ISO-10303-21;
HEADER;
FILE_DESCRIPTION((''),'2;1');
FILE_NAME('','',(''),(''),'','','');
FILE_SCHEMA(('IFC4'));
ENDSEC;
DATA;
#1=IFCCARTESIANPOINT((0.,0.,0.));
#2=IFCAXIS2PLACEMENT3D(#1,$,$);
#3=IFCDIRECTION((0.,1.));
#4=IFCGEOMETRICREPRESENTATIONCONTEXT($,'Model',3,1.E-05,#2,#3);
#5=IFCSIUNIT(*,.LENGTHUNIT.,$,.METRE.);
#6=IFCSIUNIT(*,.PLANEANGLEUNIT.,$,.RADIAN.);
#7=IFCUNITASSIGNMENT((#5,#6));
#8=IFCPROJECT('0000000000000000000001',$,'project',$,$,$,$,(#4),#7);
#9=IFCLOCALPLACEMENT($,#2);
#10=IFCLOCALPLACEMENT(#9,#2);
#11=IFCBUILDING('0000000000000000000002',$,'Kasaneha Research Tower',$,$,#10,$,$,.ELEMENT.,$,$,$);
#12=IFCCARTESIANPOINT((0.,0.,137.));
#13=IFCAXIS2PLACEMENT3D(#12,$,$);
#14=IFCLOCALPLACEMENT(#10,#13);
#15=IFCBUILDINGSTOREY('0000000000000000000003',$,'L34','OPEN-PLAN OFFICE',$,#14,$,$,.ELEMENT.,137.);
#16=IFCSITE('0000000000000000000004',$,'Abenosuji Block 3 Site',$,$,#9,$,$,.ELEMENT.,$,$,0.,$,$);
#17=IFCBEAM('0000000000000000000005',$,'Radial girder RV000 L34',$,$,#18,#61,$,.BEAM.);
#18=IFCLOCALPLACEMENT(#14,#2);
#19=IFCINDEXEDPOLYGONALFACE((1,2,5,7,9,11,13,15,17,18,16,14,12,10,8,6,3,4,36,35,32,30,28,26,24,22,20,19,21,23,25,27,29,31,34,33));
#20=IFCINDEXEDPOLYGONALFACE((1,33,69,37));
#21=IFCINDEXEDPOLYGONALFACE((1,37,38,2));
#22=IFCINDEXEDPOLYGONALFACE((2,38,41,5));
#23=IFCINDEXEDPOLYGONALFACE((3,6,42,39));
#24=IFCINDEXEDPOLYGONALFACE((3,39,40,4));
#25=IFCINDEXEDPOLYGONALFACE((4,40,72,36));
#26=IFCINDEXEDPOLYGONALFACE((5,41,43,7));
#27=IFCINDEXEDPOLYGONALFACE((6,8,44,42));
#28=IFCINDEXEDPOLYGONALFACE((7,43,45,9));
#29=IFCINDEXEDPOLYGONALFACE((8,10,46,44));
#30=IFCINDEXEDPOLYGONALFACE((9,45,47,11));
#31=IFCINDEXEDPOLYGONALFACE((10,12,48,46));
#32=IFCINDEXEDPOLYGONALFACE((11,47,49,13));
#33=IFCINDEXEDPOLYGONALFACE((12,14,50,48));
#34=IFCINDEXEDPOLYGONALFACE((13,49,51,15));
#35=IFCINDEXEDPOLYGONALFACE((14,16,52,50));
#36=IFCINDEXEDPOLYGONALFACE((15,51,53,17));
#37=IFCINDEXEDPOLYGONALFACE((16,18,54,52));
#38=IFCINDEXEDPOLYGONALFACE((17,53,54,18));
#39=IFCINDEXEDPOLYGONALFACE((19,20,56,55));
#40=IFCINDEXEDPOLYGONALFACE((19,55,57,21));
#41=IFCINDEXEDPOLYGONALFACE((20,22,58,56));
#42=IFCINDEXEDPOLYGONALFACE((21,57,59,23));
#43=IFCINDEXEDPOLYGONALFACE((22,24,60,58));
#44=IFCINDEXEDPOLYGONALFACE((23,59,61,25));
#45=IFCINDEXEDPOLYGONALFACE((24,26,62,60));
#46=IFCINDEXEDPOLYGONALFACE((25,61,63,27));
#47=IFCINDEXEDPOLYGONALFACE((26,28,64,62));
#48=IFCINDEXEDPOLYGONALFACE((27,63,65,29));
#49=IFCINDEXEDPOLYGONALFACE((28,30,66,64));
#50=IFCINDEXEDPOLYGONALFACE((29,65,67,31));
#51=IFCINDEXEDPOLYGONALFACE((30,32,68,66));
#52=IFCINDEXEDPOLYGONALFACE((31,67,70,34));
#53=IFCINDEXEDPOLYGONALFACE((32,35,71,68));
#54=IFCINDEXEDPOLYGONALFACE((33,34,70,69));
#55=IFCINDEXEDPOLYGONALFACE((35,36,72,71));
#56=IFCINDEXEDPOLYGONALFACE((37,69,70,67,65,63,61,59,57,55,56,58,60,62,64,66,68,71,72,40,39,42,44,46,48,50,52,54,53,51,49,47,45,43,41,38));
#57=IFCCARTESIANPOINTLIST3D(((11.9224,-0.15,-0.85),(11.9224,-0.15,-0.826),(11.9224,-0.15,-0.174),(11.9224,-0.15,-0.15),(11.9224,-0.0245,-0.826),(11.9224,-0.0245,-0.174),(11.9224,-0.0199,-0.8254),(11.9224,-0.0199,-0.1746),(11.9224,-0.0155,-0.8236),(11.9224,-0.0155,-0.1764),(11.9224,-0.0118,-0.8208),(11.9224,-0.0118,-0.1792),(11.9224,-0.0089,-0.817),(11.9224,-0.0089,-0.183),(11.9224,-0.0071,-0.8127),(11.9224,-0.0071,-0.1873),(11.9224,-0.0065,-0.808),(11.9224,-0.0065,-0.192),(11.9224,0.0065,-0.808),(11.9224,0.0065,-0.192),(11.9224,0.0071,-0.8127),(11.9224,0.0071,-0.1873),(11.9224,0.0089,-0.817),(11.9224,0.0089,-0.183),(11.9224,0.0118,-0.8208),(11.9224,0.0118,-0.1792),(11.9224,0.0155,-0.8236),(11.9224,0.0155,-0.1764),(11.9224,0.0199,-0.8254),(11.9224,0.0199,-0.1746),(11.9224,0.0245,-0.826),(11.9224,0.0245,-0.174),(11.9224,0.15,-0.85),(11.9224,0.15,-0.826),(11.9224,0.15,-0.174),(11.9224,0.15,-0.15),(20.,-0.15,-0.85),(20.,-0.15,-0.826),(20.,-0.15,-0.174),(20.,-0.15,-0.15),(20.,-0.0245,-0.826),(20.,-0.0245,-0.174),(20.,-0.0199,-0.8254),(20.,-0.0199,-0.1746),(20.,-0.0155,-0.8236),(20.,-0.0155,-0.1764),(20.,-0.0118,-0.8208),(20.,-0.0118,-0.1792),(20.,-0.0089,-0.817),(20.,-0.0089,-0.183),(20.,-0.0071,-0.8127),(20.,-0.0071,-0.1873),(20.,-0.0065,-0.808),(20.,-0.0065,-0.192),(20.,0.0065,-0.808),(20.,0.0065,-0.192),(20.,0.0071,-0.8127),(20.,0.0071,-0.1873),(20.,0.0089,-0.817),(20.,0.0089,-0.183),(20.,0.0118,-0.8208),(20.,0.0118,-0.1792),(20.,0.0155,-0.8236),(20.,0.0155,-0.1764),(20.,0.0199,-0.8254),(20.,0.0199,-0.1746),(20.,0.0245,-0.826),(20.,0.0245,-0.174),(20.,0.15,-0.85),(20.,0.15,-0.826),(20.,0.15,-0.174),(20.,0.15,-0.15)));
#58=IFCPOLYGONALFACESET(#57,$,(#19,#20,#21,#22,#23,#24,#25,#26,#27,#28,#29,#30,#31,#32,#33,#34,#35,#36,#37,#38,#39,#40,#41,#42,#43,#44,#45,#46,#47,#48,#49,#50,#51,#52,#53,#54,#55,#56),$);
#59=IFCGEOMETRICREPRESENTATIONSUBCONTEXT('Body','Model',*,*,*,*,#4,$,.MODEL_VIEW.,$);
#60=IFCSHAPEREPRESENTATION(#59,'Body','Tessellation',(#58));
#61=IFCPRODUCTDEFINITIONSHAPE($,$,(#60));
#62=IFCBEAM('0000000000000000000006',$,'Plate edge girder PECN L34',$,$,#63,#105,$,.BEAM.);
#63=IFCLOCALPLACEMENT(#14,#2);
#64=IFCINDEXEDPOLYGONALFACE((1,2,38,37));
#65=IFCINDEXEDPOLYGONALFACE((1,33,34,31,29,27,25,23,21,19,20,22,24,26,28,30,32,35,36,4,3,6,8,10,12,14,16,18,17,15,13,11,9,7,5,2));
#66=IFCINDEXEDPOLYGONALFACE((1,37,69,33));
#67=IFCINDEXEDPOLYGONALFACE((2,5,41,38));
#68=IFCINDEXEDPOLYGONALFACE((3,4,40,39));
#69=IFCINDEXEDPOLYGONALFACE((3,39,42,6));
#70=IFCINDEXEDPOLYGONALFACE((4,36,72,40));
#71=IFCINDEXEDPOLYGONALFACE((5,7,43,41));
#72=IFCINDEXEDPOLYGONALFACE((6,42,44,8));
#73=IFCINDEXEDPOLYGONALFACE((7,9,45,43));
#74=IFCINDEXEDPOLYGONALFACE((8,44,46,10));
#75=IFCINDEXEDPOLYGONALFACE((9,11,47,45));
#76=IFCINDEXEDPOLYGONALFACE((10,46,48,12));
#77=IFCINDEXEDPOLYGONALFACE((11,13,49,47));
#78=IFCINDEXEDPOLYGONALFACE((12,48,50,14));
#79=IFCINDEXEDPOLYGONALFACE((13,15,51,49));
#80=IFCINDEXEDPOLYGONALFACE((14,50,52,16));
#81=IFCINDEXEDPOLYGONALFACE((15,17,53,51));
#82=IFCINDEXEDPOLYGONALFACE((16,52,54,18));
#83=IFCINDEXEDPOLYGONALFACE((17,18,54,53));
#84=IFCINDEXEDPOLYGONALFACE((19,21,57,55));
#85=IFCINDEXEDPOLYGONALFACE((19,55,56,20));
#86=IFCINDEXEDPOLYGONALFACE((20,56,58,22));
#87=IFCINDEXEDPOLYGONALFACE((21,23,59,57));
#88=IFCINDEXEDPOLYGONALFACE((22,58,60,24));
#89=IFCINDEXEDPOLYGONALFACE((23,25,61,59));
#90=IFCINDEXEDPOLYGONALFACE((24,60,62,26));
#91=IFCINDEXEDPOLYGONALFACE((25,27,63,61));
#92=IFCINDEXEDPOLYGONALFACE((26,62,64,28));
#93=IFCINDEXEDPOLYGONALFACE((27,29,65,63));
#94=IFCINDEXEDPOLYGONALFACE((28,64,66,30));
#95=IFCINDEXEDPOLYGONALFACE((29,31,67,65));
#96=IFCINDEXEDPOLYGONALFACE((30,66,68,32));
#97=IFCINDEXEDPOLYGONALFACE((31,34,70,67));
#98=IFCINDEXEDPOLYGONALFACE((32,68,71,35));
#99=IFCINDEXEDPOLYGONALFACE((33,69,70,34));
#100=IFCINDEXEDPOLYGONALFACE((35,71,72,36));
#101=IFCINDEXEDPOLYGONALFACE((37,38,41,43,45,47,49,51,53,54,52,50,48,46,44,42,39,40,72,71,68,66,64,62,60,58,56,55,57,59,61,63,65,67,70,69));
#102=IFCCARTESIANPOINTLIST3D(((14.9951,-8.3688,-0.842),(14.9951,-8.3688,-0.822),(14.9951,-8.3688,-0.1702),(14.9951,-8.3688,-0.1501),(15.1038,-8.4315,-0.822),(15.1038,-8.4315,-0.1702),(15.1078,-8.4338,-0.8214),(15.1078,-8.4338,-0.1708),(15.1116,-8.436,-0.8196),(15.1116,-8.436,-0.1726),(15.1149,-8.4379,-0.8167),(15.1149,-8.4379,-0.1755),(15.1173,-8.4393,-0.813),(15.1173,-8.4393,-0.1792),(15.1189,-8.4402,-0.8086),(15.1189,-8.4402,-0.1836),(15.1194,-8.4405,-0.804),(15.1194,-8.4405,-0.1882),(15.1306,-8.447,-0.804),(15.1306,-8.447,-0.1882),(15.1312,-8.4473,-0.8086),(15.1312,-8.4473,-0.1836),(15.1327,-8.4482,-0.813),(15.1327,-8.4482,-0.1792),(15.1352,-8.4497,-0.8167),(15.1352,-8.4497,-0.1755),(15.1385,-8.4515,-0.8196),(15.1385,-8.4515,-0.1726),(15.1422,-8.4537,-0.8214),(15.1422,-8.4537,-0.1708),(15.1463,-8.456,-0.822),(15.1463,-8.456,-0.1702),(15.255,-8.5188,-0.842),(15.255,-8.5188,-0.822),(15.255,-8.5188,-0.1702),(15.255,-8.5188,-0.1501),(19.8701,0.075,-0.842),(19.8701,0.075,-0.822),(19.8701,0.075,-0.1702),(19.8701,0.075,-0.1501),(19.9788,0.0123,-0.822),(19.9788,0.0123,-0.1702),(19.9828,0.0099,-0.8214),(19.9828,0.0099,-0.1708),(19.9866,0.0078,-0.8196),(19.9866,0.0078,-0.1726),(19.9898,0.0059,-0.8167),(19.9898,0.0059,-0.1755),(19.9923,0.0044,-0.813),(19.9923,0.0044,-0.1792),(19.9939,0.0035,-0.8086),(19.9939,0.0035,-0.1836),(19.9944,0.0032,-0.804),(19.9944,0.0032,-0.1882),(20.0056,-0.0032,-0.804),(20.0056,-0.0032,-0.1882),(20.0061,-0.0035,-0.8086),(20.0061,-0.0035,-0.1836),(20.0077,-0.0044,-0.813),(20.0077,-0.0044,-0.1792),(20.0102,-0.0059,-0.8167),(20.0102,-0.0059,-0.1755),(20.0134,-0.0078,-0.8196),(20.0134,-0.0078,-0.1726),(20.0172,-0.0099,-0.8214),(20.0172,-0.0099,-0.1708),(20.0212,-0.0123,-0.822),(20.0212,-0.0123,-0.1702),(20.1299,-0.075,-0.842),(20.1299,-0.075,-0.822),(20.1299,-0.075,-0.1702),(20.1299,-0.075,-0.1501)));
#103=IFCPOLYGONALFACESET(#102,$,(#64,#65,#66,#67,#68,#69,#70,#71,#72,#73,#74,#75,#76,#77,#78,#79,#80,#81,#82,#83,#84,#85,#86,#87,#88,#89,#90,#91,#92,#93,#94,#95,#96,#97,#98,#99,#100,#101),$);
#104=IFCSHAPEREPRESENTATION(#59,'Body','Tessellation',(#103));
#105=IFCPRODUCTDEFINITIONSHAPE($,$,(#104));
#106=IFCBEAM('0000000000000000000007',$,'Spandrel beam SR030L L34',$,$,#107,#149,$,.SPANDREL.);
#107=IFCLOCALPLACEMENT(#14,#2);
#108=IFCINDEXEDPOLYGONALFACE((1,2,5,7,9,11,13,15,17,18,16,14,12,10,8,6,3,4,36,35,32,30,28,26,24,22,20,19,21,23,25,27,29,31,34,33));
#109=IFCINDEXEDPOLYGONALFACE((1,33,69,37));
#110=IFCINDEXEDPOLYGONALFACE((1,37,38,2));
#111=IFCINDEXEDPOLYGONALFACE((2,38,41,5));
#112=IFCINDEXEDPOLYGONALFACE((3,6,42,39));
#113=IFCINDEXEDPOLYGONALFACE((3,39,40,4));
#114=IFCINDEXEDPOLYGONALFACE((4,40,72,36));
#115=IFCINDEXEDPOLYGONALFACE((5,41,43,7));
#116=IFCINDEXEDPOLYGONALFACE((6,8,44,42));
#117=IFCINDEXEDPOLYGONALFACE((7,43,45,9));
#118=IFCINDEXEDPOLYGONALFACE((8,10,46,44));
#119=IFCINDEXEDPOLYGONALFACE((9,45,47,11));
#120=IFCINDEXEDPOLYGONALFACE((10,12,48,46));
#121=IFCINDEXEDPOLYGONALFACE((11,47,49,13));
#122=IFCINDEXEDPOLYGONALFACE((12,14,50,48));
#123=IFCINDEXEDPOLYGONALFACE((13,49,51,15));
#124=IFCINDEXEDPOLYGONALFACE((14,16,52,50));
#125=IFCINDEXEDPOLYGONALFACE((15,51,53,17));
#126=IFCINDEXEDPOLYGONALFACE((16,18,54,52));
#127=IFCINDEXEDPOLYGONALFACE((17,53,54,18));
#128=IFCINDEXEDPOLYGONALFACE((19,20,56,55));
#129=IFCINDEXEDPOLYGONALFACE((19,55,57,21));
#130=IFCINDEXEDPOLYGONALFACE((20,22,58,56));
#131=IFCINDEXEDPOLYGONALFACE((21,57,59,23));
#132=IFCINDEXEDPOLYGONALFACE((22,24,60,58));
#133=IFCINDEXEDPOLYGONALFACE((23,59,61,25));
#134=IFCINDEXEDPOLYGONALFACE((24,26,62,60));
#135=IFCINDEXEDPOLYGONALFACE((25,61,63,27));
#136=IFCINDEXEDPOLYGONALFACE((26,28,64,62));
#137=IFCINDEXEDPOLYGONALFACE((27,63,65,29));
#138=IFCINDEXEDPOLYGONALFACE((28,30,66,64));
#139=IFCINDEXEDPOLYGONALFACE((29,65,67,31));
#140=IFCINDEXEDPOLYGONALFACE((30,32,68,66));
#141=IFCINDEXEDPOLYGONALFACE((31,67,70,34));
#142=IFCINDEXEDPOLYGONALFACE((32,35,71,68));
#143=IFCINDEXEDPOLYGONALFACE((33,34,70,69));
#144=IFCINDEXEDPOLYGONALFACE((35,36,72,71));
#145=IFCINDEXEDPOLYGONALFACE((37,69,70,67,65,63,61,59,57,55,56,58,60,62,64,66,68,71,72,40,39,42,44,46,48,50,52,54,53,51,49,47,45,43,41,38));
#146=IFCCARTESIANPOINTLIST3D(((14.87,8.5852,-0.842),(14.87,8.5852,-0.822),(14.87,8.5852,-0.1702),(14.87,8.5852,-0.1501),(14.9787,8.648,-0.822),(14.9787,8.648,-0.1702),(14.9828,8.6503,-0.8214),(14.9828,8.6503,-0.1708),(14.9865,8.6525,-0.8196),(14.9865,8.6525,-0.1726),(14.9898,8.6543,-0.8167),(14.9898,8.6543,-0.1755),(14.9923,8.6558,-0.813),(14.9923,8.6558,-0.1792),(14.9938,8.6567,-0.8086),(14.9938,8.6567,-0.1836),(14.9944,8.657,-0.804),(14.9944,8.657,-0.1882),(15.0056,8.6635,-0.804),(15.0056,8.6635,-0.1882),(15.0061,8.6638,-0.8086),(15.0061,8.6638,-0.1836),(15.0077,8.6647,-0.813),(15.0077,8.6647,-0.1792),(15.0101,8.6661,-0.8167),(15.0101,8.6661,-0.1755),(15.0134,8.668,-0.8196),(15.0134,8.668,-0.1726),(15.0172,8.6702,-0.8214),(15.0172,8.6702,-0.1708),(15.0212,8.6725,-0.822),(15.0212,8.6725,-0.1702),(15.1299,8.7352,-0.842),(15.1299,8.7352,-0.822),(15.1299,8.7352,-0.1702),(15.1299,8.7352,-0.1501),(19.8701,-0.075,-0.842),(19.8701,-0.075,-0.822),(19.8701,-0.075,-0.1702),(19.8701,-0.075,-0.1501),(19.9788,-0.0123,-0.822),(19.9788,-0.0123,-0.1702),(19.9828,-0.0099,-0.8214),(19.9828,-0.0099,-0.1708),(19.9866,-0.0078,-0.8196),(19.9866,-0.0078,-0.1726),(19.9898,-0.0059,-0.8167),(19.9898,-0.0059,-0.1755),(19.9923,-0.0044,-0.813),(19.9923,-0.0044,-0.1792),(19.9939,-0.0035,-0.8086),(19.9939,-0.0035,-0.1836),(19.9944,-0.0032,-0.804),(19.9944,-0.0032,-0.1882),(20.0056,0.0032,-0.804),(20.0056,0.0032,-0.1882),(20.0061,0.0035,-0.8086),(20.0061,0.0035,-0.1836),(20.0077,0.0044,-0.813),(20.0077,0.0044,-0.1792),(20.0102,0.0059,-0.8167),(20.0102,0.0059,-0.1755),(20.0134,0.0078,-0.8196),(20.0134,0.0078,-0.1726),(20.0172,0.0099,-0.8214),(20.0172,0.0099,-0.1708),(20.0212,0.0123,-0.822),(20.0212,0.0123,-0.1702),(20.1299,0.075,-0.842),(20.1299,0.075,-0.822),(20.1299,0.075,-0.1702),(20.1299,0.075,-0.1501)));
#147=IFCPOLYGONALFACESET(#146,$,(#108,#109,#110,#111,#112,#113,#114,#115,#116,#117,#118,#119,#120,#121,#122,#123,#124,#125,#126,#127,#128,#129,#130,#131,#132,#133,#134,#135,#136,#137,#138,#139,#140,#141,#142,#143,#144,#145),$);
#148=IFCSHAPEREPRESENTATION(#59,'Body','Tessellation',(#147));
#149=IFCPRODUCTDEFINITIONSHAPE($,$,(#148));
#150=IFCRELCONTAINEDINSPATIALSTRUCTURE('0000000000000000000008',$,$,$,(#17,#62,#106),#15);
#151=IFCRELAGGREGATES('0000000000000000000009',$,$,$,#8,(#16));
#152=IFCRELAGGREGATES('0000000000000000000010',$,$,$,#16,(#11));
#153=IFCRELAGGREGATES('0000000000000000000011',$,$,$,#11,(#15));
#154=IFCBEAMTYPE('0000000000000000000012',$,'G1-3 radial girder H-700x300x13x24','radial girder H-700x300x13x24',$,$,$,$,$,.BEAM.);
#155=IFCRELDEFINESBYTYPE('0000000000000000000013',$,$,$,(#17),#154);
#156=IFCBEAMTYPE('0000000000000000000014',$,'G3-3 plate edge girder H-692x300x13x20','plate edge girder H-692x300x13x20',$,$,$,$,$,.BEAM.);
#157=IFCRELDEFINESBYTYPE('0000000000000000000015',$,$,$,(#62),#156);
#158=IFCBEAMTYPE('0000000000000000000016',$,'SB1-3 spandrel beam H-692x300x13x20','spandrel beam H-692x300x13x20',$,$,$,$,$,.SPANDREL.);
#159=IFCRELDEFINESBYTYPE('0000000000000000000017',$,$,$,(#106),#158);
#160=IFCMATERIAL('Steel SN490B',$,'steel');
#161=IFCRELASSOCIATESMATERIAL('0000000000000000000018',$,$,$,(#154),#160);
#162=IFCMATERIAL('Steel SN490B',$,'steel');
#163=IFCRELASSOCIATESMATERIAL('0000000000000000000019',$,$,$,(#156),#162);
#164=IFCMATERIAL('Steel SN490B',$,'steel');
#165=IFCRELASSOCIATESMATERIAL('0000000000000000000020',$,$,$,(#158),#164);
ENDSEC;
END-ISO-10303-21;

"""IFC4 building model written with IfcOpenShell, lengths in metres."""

from ifc_helpers import new_model, si_unit, direction, frame, origin, origin_2d, place, context, subcontext, project, spatial, i_section, extrude, material, material_profile, profile_set, type_object, element, save


model = new_model("IFC4")

# Units and contexts
model_context = context("Model", 3, precision=1e-05, world=origin(), true_north=direction((0.0, 1.0)))
body_context = subcontext(model_context, "Body", "Model", "MODEL_VIEW")
ifc_project = project(units=[si_unit("LENGTHUNIT", "METRE"), si_unit("PLANEANGLEUNIT", "RADIAN")], contexts=[model_context])

# Site, building, storey
site_placement = place(None, origin())
site = spatial("IfcSite", under=ifc_project, at=site_placement, Name="Abenosuji Block 3 Site", CompositionType="ELEMENT", RefElevation=0.0)
building_placement = place(site_placement, origin())
building = spatial("IfcBuilding", under=site, at=building_placement, Name="Kasaneha Research Tower", CompositionType="ELEMENT")
storey_placement = place(building_placement, frame((0.0, 0.0, 137.0)))
storey = spatial("IfcBuildingStorey", under=building, at=storey_placement, Name="L34", Description="OPEN-PLAN OFFICE", CompositionType="ELEMENT", Elevation=137.0)

# Beams
ifc_material_1 = material(Name="Steel SN490B", Category="steel")
ifc_material_profile_1 = material_profile(ifc_material_1, i_section(OverallWidth=0.3, OverallDepth=0.7, WebThickness=0.0129, FlangeThickness=0.0239, FilletRadius=0.0181, at=origin_2d()), Name="H-700x300x13x24")
ifc_profile_set_1 = profile_set([ifc_material_profile_1], Name="Steel SN490B")
beam_type_1 = type_object("IfcBeamType", Name="G1-3 radial girder H-700x300x13x24", Description="radial girder H-700x300x13x24", PredefinedType="BEAM", material=ifc_profile_set_1)
beam_1_placement = place(storey_placement, frame((11.9224, 0.0, -0.5), z_axis=(1.0, 0.0, 0.0), x_axis=(0.0, 1.0, 0.0)))
element("IfcBeam", 1, at=beam_1_placement, inside=storey, type_object=beam_type_1, Name="Radial girder RV000 L34", PredefinedType="BEAM", context=body_context, shape_type="SweptSolid", body=[
    extrude(i_section(OverallWidth=0.3, OverallDepth=0.7, WebThickness=0.0129, FlangeThickness=0.0239, FilletRadius=0.0181, at=origin_2d()), origin(), (0.0, 0.0, 1.0), 8.0776),
])
ifc_material_2 = material(Name="Steel SN490B", Category="steel")
ifc_material_profile_2 = material_profile(ifc_material_2, i_section(OverallWidth=0.3, OverallDepth=0.6919, WebThickness=0.0129, FlangeThickness=0.02, FilletRadius=0.0181, at=origin_2d()), Name="H-692x300x13x20")
ifc_profile_set_2 = profile_set([ifc_material_profile_2], Name="Steel SN490B")
beam_type_2 = type_object("IfcBeamType", Name="G3-3 plate edge girder H-692x300x13x20", Description="plate edge girder H-692x300x13x20", PredefinedType="BEAM", material=ifc_profile_set_2)
beam_2_placement = place(storey_placement, frame((20.0, 0.0, -0.4961), z_axis=(-0.499996, -0.866028, 0.0), x_axis=(0.866028, -0.499996, 0.0)))
element("IfcBeam", 2, at=beam_2_placement, inside=storey, type_object=beam_type_2, Name="Plate edge girder PECN L34", PredefinedType="BEAM", context=body_context, shape_type="SweptSolid", body=[
    extrude(i_section(OverallWidth=0.3, OverallDepth=0.6919, WebThickness=0.0129, FlangeThickness=0.02, FilletRadius=0.0181, at=origin_2d()), origin(), (0.0, 0.0, 1.0), 9.75),
])
ifc_material_3 = material(Name="Steel SN490B", Category="steel")
ifc_material_profile_3 = material_profile(ifc_material_3, i_section(OverallWidth=0.3, OverallDepth=0.6919, WebThickness=0.0129, FlangeThickness=0.02, FilletRadius=0.0181, at=origin_2d()), Name="H-692x300x13x20")
ifc_profile_set_3 = profile_set([ifc_material_profile_3], Name="Steel SN490B")
beam_type_3 = type_object("IfcBeamType", Name="SB1-3 spandrel beam H-692x300x13x20", Description="spandrel beam H-692x300x13x20", PredefinedType="SPANDREL", material=ifc_profile_set_3)
beam_3_placement = place(storey_placement, frame((20.0, 0.0, -0.4961), z_axis=(-0.500004, 0.866023, 0.0), x_axis=(-0.866023, -0.500004, 0.0)))
element("IfcBeam", 3, at=beam_3_placement, inside=storey, type_object=beam_type_3, Name="Spandrel beam SR030L L34", PredefinedType="SPANDREL", context=body_context, shape_type="SweptSolid", body=[
    extrude(i_section(OverallWidth=0.3, OverallDepth=0.6919, WebThickness=0.0129, FlangeThickness=0.02, FilletRadius=0.0181, at=origin_2d()), origin(), (0.0, 0.0, 1.0), 10.0),
])

save(model, "model.ifc")
